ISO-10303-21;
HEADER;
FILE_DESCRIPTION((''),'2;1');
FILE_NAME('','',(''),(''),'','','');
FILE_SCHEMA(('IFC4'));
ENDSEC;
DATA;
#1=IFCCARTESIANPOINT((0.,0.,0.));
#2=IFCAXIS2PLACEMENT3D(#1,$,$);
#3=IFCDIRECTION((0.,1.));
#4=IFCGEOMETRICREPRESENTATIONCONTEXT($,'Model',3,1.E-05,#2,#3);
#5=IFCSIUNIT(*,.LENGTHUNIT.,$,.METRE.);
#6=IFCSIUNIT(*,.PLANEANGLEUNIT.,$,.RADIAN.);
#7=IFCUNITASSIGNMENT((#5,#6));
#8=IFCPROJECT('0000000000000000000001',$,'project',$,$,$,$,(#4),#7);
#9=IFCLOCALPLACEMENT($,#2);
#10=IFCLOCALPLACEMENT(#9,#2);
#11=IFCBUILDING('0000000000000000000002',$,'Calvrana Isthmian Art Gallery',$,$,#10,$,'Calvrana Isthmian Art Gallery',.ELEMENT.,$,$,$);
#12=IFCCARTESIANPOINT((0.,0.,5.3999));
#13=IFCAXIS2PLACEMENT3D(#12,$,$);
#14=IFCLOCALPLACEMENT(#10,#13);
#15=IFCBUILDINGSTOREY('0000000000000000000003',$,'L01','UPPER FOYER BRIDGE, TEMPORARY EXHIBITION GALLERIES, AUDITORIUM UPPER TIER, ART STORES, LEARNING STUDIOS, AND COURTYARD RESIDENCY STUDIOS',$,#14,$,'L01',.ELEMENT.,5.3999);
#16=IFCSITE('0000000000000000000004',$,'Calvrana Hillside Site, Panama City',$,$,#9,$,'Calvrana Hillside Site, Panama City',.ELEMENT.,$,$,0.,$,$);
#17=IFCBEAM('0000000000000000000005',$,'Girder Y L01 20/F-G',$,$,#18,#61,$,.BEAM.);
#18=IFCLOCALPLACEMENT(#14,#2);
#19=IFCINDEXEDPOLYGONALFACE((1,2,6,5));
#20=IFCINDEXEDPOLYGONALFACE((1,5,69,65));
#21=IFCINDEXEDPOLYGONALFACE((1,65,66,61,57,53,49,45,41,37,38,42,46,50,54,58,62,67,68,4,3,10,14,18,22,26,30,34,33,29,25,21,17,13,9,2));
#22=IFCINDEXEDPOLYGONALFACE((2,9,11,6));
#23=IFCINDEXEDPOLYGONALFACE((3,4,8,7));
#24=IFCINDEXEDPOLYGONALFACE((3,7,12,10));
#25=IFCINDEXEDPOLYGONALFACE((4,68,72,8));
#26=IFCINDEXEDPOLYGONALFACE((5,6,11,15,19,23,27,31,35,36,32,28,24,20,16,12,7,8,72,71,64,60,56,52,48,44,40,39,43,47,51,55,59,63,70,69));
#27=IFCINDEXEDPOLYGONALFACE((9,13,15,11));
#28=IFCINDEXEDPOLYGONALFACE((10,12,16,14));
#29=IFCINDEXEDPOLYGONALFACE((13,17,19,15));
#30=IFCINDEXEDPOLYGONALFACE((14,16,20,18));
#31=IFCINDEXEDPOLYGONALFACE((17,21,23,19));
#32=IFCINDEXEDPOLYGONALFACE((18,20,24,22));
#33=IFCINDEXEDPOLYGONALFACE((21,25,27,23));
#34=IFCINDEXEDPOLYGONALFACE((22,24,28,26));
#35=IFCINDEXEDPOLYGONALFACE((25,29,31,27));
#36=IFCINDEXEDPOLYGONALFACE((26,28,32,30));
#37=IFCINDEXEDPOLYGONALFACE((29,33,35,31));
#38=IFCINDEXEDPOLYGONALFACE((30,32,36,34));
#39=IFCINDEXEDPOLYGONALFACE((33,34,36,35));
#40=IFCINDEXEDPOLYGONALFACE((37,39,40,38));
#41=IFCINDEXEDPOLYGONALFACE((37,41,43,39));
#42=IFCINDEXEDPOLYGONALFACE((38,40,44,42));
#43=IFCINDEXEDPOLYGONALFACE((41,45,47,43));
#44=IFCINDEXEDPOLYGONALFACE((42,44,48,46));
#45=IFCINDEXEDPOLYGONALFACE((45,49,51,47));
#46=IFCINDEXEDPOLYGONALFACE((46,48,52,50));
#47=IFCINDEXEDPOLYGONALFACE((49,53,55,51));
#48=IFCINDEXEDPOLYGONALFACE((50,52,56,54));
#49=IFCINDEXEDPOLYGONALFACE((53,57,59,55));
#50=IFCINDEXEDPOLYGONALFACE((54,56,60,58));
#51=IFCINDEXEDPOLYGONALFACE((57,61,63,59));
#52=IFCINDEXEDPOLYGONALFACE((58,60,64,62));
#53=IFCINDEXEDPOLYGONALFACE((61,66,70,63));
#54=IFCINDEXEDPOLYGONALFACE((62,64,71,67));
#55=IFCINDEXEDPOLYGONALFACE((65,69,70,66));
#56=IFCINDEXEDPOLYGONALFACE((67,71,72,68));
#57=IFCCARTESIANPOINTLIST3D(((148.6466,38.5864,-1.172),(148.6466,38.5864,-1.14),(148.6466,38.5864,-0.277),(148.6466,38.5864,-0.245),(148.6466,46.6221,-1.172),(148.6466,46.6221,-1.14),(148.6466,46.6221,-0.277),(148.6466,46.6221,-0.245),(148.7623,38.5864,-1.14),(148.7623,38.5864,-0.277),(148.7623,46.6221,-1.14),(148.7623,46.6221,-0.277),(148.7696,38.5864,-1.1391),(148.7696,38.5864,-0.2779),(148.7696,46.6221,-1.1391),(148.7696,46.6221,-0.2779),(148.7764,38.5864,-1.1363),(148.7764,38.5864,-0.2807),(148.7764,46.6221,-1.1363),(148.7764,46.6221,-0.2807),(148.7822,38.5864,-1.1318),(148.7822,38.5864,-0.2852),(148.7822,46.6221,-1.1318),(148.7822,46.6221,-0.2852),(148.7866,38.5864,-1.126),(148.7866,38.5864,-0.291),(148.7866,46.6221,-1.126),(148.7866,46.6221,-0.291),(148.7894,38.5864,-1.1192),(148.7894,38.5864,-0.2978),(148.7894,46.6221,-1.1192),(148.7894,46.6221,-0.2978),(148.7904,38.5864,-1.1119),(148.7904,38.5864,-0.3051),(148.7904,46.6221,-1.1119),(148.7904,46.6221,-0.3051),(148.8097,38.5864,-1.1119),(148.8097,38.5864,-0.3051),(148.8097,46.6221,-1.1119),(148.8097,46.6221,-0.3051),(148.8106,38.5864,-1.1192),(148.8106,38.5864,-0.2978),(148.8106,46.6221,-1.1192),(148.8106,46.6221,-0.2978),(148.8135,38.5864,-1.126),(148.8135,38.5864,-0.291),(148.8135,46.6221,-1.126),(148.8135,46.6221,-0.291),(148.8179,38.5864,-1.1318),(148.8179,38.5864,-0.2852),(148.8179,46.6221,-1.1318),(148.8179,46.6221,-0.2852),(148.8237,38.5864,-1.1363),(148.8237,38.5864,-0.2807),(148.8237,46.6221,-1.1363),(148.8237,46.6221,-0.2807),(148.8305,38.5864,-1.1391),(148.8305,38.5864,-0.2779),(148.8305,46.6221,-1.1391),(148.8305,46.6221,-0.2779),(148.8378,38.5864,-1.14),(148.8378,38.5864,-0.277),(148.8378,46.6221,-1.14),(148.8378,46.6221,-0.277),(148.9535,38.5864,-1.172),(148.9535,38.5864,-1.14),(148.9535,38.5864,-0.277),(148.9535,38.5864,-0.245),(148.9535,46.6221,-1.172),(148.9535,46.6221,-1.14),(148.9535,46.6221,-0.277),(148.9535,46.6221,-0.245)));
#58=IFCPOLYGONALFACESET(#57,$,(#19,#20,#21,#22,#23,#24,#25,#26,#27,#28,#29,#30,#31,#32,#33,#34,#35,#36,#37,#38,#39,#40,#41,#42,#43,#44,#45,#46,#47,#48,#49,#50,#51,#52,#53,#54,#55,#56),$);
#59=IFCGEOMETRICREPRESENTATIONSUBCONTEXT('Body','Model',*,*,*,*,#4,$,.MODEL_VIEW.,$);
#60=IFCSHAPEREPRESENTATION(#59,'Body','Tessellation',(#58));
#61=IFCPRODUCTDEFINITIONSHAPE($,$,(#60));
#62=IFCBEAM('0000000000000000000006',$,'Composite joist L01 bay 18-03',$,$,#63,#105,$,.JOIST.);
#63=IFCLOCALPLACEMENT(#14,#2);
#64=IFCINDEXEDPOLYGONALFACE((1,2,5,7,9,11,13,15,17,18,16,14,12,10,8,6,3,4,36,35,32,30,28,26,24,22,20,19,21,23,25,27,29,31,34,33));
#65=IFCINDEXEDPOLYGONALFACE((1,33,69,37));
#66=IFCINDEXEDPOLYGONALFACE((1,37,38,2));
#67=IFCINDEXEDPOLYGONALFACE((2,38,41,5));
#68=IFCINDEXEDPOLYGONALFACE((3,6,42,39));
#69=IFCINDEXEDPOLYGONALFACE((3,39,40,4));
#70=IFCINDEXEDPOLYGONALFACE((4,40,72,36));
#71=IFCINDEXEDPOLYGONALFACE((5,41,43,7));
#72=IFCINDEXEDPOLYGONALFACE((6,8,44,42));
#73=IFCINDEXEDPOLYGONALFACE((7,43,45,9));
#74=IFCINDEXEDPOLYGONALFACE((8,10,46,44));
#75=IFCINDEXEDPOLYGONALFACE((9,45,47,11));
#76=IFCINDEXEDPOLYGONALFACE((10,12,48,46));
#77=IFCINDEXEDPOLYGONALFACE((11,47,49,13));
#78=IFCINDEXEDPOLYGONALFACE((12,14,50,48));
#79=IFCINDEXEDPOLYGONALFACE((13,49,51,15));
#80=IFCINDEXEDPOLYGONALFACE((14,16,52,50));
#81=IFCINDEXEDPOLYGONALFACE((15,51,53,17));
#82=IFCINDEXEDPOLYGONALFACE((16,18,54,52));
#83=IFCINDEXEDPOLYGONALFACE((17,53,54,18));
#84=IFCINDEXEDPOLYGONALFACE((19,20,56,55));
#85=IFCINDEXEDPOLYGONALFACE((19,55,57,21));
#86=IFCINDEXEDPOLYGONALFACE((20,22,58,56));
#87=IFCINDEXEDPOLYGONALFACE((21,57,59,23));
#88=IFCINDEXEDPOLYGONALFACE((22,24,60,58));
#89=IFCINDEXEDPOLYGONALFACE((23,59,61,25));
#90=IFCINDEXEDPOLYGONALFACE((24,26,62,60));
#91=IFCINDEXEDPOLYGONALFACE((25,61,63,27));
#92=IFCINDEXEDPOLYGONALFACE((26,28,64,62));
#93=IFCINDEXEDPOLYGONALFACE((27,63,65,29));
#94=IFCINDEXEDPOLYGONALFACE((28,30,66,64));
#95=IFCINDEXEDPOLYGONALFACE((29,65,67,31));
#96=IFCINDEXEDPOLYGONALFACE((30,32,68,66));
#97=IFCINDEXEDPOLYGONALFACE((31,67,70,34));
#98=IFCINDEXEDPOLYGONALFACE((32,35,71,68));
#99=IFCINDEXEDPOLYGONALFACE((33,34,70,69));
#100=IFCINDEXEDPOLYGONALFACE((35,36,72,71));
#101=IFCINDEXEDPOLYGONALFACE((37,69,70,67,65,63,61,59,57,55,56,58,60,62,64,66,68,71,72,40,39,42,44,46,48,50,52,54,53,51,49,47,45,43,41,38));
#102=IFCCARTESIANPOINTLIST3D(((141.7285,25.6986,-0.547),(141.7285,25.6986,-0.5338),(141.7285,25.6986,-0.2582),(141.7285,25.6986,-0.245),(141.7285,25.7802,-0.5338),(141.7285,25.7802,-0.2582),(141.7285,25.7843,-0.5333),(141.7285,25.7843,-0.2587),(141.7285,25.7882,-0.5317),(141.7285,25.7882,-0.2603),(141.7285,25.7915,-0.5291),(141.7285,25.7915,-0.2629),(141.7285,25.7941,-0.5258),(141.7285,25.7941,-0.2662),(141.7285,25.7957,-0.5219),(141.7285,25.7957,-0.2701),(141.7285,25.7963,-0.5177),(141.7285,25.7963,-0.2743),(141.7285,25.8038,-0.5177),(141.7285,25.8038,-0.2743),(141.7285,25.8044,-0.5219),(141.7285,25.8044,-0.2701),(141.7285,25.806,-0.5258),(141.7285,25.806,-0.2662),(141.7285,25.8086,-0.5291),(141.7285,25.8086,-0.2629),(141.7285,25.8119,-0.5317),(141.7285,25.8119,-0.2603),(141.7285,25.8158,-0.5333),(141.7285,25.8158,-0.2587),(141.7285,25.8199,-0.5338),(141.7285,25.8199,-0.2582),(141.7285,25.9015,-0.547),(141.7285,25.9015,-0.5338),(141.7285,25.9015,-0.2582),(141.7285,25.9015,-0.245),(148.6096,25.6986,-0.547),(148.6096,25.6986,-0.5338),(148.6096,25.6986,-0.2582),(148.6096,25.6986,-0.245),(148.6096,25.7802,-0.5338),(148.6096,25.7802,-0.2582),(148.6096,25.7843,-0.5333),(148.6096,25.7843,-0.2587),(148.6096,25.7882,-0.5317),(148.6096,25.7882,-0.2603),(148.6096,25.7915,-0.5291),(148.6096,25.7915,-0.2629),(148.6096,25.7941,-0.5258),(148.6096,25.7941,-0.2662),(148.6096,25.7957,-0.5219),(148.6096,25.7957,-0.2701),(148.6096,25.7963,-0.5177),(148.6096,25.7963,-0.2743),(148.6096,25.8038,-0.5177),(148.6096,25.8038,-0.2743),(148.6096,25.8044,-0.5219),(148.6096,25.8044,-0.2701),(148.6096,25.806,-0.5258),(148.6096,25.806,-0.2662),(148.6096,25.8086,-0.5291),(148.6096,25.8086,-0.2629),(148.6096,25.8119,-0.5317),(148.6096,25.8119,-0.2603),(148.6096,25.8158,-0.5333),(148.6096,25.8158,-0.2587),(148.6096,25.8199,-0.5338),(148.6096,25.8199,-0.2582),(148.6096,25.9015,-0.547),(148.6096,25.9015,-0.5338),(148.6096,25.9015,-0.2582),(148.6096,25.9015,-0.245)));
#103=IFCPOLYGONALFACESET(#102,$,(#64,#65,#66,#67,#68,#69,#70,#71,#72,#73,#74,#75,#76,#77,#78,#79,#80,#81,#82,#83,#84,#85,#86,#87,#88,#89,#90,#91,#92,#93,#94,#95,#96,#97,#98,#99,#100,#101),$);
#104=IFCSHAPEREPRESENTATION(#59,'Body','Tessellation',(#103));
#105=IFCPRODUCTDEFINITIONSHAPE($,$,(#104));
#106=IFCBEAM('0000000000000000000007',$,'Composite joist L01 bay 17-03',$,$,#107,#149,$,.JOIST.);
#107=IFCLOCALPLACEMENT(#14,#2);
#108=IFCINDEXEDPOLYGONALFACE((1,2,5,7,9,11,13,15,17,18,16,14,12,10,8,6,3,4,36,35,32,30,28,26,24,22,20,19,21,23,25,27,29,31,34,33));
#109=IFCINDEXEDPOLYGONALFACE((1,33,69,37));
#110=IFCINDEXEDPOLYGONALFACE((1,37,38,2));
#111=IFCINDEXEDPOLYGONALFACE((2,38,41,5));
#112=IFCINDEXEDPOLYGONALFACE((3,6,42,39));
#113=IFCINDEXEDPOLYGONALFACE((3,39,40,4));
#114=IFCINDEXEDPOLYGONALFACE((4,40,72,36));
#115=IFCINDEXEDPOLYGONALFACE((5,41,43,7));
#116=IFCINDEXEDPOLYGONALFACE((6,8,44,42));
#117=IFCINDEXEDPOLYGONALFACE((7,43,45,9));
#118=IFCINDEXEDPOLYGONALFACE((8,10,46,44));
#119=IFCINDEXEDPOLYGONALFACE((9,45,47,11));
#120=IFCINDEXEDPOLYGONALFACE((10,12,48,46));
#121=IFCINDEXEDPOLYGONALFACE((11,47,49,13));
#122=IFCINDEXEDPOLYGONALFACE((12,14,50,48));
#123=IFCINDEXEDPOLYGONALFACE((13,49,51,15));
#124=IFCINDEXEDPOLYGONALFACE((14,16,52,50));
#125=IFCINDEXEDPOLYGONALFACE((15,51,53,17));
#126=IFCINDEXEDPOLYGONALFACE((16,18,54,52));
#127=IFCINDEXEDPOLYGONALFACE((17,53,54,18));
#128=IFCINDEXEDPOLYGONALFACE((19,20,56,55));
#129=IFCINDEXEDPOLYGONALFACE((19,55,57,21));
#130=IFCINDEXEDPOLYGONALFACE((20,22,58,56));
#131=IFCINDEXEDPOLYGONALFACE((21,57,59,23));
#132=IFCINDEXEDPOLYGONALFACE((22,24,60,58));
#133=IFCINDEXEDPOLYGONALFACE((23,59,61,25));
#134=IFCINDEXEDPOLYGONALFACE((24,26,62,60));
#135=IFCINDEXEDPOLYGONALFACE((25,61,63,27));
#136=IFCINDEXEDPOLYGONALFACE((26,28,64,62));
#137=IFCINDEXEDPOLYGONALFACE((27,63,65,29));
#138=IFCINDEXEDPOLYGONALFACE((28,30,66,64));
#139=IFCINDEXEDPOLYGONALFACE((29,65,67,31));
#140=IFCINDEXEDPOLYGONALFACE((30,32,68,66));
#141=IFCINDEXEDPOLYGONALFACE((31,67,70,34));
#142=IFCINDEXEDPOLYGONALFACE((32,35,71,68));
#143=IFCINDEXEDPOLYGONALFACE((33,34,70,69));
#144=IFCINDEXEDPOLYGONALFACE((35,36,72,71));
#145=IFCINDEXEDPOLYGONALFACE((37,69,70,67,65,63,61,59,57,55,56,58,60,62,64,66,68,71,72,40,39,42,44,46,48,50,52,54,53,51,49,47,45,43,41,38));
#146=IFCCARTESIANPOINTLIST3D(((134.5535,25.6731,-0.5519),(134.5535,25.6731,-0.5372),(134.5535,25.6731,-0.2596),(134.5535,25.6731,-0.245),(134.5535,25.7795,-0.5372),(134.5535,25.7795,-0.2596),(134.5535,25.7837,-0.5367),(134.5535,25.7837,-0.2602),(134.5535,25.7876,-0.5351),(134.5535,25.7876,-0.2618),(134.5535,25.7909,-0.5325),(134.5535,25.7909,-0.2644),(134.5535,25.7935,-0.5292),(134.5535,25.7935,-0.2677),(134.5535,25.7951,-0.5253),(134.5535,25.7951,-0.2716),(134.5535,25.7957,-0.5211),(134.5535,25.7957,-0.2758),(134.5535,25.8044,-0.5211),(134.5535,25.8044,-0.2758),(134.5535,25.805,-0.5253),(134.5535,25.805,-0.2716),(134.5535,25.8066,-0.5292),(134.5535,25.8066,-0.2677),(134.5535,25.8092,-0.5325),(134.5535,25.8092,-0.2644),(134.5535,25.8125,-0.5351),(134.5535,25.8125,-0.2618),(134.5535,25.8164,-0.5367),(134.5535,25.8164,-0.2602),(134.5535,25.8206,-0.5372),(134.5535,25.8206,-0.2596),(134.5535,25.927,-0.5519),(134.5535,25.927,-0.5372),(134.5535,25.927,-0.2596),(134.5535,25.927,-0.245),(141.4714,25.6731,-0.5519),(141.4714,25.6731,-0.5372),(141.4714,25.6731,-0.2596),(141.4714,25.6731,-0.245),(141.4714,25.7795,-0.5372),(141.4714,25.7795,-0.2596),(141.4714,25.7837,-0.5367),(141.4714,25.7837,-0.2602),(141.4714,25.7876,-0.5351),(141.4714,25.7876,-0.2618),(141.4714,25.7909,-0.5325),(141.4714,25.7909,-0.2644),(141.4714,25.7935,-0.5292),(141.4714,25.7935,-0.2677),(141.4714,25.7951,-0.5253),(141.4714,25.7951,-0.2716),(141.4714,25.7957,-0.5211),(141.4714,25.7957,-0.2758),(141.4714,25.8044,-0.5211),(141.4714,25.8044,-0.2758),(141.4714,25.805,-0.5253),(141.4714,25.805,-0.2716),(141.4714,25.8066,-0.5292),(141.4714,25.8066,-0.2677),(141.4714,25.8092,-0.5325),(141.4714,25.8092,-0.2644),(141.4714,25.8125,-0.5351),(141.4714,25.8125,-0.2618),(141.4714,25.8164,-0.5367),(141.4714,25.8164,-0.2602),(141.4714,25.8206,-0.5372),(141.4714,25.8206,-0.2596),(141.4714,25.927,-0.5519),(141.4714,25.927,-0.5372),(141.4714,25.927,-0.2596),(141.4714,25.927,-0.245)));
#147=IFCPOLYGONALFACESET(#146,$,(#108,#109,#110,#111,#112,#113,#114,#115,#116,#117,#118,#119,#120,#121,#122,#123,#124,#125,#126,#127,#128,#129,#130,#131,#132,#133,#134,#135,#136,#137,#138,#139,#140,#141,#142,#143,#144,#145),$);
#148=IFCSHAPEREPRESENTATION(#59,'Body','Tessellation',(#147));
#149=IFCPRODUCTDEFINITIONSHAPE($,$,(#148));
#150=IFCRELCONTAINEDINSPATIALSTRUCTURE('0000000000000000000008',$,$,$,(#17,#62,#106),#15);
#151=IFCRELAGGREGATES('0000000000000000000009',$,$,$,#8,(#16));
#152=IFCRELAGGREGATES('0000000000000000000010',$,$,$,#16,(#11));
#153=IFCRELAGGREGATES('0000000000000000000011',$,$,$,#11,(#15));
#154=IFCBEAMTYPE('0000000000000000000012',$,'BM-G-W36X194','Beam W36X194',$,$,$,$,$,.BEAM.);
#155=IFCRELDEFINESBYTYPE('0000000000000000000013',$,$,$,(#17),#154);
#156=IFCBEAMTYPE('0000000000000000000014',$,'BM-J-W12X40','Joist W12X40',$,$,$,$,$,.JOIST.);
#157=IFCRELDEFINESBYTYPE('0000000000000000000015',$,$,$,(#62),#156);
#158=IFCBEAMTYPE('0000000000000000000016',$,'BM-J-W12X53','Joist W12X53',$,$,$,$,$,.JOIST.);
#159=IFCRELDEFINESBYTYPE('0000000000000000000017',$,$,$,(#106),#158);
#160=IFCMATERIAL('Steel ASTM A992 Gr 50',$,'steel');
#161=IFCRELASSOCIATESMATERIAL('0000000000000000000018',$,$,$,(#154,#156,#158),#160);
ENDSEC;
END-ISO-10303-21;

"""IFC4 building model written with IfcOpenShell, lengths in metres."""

from ifc_helpers import new_model, si_unit, direction, frame, origin, origin_2d, place, context, subcontext, project, spatial, i_section, extrude, material, material_profile, profile_set, type_object, element, save


model = new_model("IFC4")

# Units and contexts
model_context = context("Model", 3, precision=1e-05, world=origin(), true_north=direction((0.0, 1.0)))
body_context = subcontext(model_context, "Body", "Model", "MODEL_VIEW")
ifc_project = project(units=[si_unit("LENGTHUNIT", "METRE"), si_unit("PLANEANGLEUNIT", "RADIAN")], contexts=[model_context])

# Site, building, storey
site_placement = place(None, origin())
site = spatial("IfcSite", under=ifc_project, at=site_placement, Name="Calvrana Hillside Site, Panama City", LongName="Calvrana Hillside Site, Panama City", CompositionType="ELEMENT", RefElevation=0.0)
building_placement = place(site_placement, origin())
building = spatial("IfcBuilding", under=site, at=building_placement, Name="Calvrana Isthmian Art Gallery", LongName="Calvrana Isthmian Art Gallery", CompositionType="ELEMENT")
storey_placement = place(building_placement, frame((0.0, 0.0, 5.3999)))
storey = spatial("IfcBuildingStorey", under=building, at=storey_placement, Name="L01", Description="UPPER FOYER BRIDGE, TEMPORARY EXHIBITION GALLERIES, AUDITORIUM UPPER TIER, ART STORES, LEARNING STUDIOS, AND COURTYARD RESIDENCY STUDIOS", LongName="L01", CompositionType="ELEMENT", Elevation=5.3999)

# Shared definitions
ifc_material_1 = material(Name="Steel ASTM A992 Gr 50", Category="steel")

# Beams
ifc_material_profile_1 = material_profile(ifc_material_1, i_section(OverallWidth=0.3069, OverallDepth=0.927, WebThickness=0.0193, FlangeThickness=0.032, FilletRadius=0.0281, at=origin_2d()), Name="W36X194")
ifc_profile_set_1 = profile_set([ifc_material_profile_1], Name="Steel ASTM A992 Gr 50")
beam_type_1 = type_object("IfcBeamType", Name="BM-G-W36X194", Description="Beam W36X194", PredefinedType="BEAM", material=ifc_profile_set_1)
beam_1_placement = place(storey_placement, frame((148.8, 38.5864, -0.7085), z_axis=(0.0, 1.0, 0.0), x_axis=(-1.0, 0.0, 0.0)))
element("IfcBeam", 1, at=beam_1_placement, inside=storey, type_object=beam_type_1, Name="Girder Y L01 20/F-G", PredefinedType="BEAM", context=body_context, shape_type="SweptSolid", body=[
    extrude(i_section(OverallWidth=0.3069, OverallDepth=0.927, WebThickness=0.0193, FlangeThickness=0.032, FilletRadius=0.0281, at=origin_2d()), origin(), (0.0, 0.0, 1.0), 8.0356),
])
ifc_material_profile_2 = material_profile(ifc_material_1, i_section(OverallWidth=0.2029, OverallDepth=0.302, WebThickness=0.0076, FlangeThickness=0.0132, FilletRadius=0.0161, at=origin_2d()), Name="W12X40")
ifc_profile_set_2 = profile_set([ifc_material_profile_2], Name="Steel ASTM A992 Gr 50")
beam_type_2 = type_object("IfcBeamType", Name="BM-J-W12X40", Description="Joist W12X40", PredefinedType="JOIST", material=ifc_profile_set_2)
beam_2_placement = place(storey_placement, frame((141.7285, 25.8, -0.396), z_axis=(1.0, 0.0, 0.0), x_axis=(0.0, 1.0, 0.0)))
element("IfcBeam", 2, at=beam_2_placement, inside=storey, type_object=beam_type_2, Name="Composite joist L01 bay 18-03", PredefinedType="JOIST", context=body_context, shape_type="SweptSolid", body=[
    extrude(i_section(OverallWidth=0.2029, OverallDepth=0.302, WebThickness=0.0076, FlangeThickness=0.0132, FilletRadius=0.0161, at=origin_2d()), origin(), (0.0, 0.0, 1.0), 6.8811),
])
ifc_material_profile_3 = material_profile(ifc_material_1, i_section(OverallWidth=0.2539, OverallDepth=0.3069, WebThickness=0.0088, FlangeThickness=0.0146, FilletRadius=0.0161, at=origin_2d()), Name="W12X53")
ifc_profile_set_3 = profile_set([ifc_material_profile_3], Name="Steel ASTM A992 Gr 50")
beam_type_3 = type_object("IfcBeamType", Name="BM-J-W12X53", Description="Joist W12X53", PredefinedType="JOIST", material=ifc_profile_set_3)
beam_3_placement = place(storey_placement, frame((134.5535, 25.8, -0.3984), z_axis=(1.0, 0.0, 0.0), x_axis=(0.0, 1.0, 0.0)))
element("IfcBeam", 3, at=beam_3_placement, inside=storey, type_object=beam_type_3, Name="Composite joist L01 bay 17-03", PredefinedType="JOIST", context=body_context, shape_type="SweptSolid", body=[
    extrude(i_section(OverallWidth=0.2539, OverallDepth=0.3069, WebThickness=0.0088, FlangeThickness=0.0146, FilletRadius=0.0161, at=origin_2d()), origin(), (0.0, 0.0, 1.0), 6.918),
])

save(model, "model.ifc")
